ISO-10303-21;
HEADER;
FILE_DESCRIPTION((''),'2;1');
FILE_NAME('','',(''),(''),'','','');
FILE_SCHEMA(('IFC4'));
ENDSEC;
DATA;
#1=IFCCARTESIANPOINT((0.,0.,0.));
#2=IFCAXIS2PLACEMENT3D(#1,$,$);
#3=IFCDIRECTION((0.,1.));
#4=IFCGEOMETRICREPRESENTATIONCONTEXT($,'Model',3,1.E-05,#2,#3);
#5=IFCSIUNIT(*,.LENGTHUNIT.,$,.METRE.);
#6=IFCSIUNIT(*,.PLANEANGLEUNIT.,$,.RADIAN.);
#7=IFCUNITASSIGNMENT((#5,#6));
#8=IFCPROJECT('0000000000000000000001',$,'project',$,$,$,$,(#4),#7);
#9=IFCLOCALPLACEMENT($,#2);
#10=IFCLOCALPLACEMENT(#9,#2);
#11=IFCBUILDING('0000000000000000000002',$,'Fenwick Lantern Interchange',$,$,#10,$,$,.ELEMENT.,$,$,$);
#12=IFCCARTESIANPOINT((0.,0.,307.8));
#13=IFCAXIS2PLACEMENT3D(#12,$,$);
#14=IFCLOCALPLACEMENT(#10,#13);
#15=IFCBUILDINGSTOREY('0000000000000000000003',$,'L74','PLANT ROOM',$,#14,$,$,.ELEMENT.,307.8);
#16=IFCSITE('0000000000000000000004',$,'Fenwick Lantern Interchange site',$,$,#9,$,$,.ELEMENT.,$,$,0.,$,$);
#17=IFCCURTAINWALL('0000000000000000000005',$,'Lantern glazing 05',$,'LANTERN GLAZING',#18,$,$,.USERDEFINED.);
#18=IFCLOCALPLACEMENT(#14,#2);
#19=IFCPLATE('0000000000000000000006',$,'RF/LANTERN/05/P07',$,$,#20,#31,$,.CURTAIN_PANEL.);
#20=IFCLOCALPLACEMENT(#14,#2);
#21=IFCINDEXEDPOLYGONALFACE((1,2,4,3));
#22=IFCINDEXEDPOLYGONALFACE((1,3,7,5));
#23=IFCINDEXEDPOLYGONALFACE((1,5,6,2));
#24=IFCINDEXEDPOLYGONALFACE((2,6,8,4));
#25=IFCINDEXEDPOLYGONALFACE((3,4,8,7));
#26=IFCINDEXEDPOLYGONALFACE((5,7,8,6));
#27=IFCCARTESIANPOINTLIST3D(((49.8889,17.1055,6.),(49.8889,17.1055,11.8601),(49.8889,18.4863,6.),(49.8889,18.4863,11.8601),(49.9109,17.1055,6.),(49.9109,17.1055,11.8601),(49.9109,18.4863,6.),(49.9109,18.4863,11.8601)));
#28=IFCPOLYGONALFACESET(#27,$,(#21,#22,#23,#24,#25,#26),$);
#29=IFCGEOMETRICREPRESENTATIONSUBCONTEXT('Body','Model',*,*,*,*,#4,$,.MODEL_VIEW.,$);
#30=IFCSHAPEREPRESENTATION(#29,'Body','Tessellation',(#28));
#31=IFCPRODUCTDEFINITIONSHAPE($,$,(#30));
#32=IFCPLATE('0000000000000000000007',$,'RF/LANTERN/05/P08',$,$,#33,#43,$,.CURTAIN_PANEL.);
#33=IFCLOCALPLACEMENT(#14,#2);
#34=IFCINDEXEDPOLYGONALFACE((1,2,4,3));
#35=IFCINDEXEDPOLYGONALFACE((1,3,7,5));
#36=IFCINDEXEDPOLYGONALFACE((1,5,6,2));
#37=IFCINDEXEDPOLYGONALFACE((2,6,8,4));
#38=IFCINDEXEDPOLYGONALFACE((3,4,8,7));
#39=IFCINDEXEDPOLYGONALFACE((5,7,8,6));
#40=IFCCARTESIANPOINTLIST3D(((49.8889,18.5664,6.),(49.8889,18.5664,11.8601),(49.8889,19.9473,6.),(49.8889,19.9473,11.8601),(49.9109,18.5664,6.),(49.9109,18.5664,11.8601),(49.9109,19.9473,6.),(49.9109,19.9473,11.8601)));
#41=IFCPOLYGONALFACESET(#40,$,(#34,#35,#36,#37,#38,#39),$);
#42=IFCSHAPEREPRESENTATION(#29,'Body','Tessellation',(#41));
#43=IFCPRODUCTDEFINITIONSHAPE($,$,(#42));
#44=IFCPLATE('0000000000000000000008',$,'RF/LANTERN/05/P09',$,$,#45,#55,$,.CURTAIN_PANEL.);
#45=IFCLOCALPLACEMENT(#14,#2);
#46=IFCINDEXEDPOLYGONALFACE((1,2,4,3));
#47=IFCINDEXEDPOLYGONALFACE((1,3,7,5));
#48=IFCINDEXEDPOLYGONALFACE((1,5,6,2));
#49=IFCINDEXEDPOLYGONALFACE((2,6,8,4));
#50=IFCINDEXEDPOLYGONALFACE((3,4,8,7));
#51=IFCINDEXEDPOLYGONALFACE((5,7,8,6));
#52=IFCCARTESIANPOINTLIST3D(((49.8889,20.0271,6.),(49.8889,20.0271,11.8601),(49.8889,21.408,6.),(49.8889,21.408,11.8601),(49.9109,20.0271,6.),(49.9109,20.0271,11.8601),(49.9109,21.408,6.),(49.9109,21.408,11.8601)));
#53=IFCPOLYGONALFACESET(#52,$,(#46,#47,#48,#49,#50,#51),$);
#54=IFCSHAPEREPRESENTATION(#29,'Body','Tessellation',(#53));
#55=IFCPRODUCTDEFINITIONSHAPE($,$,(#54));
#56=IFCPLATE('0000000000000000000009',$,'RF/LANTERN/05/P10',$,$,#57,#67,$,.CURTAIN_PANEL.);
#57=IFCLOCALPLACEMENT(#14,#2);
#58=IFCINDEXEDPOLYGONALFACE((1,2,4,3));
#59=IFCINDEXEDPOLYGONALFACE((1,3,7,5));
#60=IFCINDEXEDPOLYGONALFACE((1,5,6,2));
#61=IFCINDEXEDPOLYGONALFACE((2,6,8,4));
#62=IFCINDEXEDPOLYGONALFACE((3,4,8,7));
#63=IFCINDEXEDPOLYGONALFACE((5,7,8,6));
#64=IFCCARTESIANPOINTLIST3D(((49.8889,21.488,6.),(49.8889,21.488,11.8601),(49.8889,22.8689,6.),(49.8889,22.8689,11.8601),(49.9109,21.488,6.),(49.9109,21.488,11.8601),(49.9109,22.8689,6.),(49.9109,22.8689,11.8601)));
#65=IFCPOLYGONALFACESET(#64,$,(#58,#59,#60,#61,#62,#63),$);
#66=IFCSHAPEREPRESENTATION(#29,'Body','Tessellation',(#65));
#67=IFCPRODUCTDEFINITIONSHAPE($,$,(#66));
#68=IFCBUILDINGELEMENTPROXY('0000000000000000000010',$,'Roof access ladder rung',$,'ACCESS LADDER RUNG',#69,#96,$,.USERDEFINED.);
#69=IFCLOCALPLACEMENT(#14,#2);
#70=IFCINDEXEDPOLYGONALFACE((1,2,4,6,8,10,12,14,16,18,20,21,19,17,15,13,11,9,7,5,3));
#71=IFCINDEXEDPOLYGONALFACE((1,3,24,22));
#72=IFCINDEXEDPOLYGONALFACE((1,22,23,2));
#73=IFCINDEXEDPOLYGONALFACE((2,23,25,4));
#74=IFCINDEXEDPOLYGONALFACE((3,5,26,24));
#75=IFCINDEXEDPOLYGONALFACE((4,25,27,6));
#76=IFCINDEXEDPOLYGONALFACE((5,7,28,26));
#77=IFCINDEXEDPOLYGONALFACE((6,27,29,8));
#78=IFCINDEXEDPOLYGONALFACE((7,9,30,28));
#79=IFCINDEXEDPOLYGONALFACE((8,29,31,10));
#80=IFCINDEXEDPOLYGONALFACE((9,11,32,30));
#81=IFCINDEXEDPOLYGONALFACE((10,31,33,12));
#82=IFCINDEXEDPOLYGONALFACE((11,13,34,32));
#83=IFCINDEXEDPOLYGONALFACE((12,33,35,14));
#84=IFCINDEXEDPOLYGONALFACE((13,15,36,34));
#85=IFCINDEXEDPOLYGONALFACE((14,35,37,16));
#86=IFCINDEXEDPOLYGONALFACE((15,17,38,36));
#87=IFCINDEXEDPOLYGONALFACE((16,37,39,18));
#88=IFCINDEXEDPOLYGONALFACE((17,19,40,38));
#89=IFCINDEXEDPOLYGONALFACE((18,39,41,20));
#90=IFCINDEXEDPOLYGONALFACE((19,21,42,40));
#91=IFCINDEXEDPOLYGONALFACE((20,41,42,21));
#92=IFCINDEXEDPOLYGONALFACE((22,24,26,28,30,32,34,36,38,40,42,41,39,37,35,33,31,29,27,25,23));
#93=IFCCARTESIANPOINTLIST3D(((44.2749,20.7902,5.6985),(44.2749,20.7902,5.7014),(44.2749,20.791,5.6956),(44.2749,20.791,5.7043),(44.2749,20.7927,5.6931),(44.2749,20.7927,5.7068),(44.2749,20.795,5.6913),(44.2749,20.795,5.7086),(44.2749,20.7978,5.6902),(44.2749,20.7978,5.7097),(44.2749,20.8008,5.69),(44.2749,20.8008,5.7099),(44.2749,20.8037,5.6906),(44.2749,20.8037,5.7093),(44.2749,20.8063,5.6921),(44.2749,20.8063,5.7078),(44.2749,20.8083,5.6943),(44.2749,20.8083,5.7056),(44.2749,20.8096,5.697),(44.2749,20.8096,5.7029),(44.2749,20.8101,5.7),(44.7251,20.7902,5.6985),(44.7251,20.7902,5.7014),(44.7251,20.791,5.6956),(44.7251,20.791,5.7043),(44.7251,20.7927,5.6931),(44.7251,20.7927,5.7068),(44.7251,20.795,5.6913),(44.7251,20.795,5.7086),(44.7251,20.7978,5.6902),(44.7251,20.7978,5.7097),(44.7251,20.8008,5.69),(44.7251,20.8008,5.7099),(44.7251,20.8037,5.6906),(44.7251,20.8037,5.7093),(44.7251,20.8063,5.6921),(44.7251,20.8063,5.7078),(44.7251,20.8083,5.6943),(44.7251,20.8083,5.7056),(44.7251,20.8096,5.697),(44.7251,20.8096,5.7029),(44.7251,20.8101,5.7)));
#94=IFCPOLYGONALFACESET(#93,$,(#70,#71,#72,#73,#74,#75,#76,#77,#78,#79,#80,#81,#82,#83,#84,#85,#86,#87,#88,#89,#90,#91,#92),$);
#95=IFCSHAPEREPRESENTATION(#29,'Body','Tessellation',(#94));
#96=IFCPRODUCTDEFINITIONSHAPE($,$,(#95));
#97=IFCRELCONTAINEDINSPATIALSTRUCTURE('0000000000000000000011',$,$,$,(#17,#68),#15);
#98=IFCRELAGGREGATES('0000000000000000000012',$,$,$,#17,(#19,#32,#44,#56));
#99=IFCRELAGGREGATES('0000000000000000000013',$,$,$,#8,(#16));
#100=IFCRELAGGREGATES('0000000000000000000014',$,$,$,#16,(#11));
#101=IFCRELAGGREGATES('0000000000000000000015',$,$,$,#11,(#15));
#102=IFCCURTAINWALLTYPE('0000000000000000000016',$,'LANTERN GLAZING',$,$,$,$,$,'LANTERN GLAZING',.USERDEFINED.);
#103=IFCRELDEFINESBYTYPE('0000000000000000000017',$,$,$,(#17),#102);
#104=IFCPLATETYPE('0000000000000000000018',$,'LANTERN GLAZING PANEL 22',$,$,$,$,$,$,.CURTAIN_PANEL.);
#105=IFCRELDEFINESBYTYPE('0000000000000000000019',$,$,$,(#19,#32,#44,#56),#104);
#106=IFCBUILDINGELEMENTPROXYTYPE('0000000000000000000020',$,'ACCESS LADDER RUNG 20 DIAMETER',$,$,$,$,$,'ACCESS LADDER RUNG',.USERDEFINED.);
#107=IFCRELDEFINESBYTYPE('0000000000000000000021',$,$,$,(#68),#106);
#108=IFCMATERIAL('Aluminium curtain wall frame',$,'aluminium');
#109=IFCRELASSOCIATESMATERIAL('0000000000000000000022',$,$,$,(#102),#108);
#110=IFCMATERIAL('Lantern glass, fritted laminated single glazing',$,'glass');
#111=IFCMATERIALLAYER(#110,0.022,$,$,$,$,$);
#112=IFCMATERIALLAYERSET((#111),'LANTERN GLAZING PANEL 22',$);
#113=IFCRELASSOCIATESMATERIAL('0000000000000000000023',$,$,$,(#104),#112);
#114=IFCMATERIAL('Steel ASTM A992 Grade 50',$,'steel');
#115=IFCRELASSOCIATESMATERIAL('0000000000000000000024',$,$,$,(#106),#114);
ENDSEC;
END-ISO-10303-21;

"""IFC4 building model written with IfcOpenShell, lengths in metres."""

from ifc_helpers import new_model, si_unit, direction, frame, origin, origin_2d, place, context, subcontext, project, spatial, rectangle, circle, extrude, material, layer, layer_set, material_profile, profile_set, type_object, element, aggregate, save


model = new_model("IFC4")

# Units and contexts
model_context = context("Model", 3, precision=1e-05, world=origin(), true_north=direction((0.0, 1.0)))
body_context = subcontext(model_context, "Body", "Model", "MODEL_VIEW")
ifc_project = project(units=[si_unit("LENGTHUNIT", "METRE"), si_unit("PLANEANGLEUNIT", "RADIAN")], contexts=[model_context])

# Site, building, storey
site_placement = place(None, origin())
site = spatial("IfcSite", under=ifc_project, at=site_placement, Name="Fenwick Lantern Interchange site", CompositionType="ELEMENT", RefElevation=0.0)
building_placement = place(site_placement, origin())
building = spatial("IfcBuilding", under=site, at=building_placement, Name="Fenwick Lantern Interchange", CompositionType="ELEMENT")
storey_placement = place(building_placement, frame((0.0, 0.0, 307.8)))
storey = spatial("IfcBuildingStorey", under=building, at=storey_placement, Name="L74", Description="PLANT ROOM", CompositionType="ELEMENT", Elevation=307.8)

# Curtain wall
ifc_material_1 = material(Name="Aluminium curtain wall frame", Category="aluminium")
curtain_wall_type = type_object("IfcCurtainWallType", Name="LANTERN GLAZING", ElementType="LANTERN GLAZING", PredefinedType="USERDEFINED", material=ifc_material_1)
curtain_wall_1_placement = place(storey_placement, origin())
curtain_wall_1 = element("IfcCurtainWall", 1, at=curtain_wall_1_placement, inside=storey, type_object=curtain_wall_type, Name="Lantern glazing 05", ObjectType="LANTERN GLAZING", PredefinedType="USERDEFINED")

# Plates
ifc_material_2 = material(Name="Lantern glass, fritted laminated single glazing", Category="glass")
ifc_layer = layer(ifc_material_2, 0.022)
ifc_layer_set = layer_set([ifc_layer], Name="LANTERN GLAZING PANEL 22")
plate_type = type_object("IfcPlateType", Name="LANTERN GLAZING PANEL 22", PredefinedType="CURTAIN_PANEL", material=ifc_layer_set)
plate_1_placement = place(storey_placement, frame((49.8999, 17.7959, 6.0), z_axis=(0.0, 0.0, 1.0), x_axis=(0.0, 1.0, 0.0)))
plate_1 = element("IfcPlate", 2, at=plate_1_placement, type_object=plate_type, Name="RF/LANTERN/05/P07", PredefinedType="CURTAIN_PANEL", context=body_context, shape_type="SweptSolid", body=[
    extrude(rectangle(XDim=1.3809, YDim=0.022, at=origin_2d()), origin(), (0.0, 0.0, 1.0), 5.8601),
])
plate_2_placement = place(storey_placement, frame((49.8999, 19.2568, 6.0), z_axis=(0.0, 0.0, 1.0), x_axis=(0.0, 1.0, 0.0)))
plate_2 = element("IfcPlate", 3, at=plate_2_placement, type_object=plate_type, Name="RF/LANTERN/05/P08", PredefinedType="CURTAIN_PANEL", context=body_context, shape_type="SweptSolid", body=[
    extrude(rectangle(XDim=1.3809, YDim=0.022, at=origin_2d()), origin(), (0.0, 0.0, 1.0), 5.8601),
])
plate_3_placement = place(storey_placement, frame((49.8999, 20.7175, 6.0), z_axis=(0.0, 0.0, 1.0), x_axis=(0.0, 1.0, 0.0)))
plate_3 = element("IfcPlate", 4, at=plate_3_placement, type_object=plate_type, Name="RF/LANTERN/05/P09", PredefinedType="CURTAIN_PANEL", context=body_context, shape_type="SweptSolid", body=[
    extrude(rectangle(XDim=1.3809, YDim=0.022, at=origin_2d()), origin(), (0.0, 0.0, 1.0), 5.8601),
])
plate_4_placement = place(storey_placement, frame((49.8999, 22.1785, 6.0), z_axis=(0.0, 0.0, 1.0), x_axis=(0.0, 1.0, 0.0)))
plate_4 = element("IfcPlate", 5, at=plate_4_placement, type_object=plate_type, Name="RF/LANTERN/05/P10", PredefinedType="CURTAIN_PANEL", context=body_context, shape_type="SweptSolid", body=[
    extrude(rectangle(XDim=1.3809, YDim=0.022, at=origin_2d()), origin(), (0.0, 0.0, 1.0), 5.8601),
])
aggregate(curtain_wall_1, [plate_1, plate_2, plate_3, plate_4])

# Building element proxy
ifc_material_3 = material(Name="Steel ASTM A992 Grade 50", Category="steel")
ifc_material_profile_1 = material_profile(ifc_material_3, circle(Radius=0.01, at=origin_2d()), Name="RB20")
ifc_profile_set_1 = profile_set([ifc_material_profile_1], Name="Steel ASTM A992 Grade 50")
building_element_proxy_type = type_object("IfcBuildingElementProxyType", Name="ACCESS LADDER RUNG 20 DIAMETER", ElementType="ACCESS LADDER RUNG", PredefinedType="USERDEFINED", material=ifc_profile_set_1)
proxy_placement = place(storey_placement, frame((44.2749, 20.8, 5.7), z_axis=(1.0, 0.0, 0.0), x_axis=(0.0, 1.0, 0.0)))
element("IfcBuildingElementProxy", 6, at=proxy_placement, inside=storey, type_object=building_element_proxy_type, Name="Roof access ladder rung", ObjectType="ACCESS LADDER RUNG", PredefinedType="USERDEFINED", context=body_context, shape_type="SweptSolid", body=[
    extrude(circle(Radius=0.01, at=origin_2d()), origin(), (0.0, 0.0, 1.0), 0.4502),
])

save(model, "model.ifc")
